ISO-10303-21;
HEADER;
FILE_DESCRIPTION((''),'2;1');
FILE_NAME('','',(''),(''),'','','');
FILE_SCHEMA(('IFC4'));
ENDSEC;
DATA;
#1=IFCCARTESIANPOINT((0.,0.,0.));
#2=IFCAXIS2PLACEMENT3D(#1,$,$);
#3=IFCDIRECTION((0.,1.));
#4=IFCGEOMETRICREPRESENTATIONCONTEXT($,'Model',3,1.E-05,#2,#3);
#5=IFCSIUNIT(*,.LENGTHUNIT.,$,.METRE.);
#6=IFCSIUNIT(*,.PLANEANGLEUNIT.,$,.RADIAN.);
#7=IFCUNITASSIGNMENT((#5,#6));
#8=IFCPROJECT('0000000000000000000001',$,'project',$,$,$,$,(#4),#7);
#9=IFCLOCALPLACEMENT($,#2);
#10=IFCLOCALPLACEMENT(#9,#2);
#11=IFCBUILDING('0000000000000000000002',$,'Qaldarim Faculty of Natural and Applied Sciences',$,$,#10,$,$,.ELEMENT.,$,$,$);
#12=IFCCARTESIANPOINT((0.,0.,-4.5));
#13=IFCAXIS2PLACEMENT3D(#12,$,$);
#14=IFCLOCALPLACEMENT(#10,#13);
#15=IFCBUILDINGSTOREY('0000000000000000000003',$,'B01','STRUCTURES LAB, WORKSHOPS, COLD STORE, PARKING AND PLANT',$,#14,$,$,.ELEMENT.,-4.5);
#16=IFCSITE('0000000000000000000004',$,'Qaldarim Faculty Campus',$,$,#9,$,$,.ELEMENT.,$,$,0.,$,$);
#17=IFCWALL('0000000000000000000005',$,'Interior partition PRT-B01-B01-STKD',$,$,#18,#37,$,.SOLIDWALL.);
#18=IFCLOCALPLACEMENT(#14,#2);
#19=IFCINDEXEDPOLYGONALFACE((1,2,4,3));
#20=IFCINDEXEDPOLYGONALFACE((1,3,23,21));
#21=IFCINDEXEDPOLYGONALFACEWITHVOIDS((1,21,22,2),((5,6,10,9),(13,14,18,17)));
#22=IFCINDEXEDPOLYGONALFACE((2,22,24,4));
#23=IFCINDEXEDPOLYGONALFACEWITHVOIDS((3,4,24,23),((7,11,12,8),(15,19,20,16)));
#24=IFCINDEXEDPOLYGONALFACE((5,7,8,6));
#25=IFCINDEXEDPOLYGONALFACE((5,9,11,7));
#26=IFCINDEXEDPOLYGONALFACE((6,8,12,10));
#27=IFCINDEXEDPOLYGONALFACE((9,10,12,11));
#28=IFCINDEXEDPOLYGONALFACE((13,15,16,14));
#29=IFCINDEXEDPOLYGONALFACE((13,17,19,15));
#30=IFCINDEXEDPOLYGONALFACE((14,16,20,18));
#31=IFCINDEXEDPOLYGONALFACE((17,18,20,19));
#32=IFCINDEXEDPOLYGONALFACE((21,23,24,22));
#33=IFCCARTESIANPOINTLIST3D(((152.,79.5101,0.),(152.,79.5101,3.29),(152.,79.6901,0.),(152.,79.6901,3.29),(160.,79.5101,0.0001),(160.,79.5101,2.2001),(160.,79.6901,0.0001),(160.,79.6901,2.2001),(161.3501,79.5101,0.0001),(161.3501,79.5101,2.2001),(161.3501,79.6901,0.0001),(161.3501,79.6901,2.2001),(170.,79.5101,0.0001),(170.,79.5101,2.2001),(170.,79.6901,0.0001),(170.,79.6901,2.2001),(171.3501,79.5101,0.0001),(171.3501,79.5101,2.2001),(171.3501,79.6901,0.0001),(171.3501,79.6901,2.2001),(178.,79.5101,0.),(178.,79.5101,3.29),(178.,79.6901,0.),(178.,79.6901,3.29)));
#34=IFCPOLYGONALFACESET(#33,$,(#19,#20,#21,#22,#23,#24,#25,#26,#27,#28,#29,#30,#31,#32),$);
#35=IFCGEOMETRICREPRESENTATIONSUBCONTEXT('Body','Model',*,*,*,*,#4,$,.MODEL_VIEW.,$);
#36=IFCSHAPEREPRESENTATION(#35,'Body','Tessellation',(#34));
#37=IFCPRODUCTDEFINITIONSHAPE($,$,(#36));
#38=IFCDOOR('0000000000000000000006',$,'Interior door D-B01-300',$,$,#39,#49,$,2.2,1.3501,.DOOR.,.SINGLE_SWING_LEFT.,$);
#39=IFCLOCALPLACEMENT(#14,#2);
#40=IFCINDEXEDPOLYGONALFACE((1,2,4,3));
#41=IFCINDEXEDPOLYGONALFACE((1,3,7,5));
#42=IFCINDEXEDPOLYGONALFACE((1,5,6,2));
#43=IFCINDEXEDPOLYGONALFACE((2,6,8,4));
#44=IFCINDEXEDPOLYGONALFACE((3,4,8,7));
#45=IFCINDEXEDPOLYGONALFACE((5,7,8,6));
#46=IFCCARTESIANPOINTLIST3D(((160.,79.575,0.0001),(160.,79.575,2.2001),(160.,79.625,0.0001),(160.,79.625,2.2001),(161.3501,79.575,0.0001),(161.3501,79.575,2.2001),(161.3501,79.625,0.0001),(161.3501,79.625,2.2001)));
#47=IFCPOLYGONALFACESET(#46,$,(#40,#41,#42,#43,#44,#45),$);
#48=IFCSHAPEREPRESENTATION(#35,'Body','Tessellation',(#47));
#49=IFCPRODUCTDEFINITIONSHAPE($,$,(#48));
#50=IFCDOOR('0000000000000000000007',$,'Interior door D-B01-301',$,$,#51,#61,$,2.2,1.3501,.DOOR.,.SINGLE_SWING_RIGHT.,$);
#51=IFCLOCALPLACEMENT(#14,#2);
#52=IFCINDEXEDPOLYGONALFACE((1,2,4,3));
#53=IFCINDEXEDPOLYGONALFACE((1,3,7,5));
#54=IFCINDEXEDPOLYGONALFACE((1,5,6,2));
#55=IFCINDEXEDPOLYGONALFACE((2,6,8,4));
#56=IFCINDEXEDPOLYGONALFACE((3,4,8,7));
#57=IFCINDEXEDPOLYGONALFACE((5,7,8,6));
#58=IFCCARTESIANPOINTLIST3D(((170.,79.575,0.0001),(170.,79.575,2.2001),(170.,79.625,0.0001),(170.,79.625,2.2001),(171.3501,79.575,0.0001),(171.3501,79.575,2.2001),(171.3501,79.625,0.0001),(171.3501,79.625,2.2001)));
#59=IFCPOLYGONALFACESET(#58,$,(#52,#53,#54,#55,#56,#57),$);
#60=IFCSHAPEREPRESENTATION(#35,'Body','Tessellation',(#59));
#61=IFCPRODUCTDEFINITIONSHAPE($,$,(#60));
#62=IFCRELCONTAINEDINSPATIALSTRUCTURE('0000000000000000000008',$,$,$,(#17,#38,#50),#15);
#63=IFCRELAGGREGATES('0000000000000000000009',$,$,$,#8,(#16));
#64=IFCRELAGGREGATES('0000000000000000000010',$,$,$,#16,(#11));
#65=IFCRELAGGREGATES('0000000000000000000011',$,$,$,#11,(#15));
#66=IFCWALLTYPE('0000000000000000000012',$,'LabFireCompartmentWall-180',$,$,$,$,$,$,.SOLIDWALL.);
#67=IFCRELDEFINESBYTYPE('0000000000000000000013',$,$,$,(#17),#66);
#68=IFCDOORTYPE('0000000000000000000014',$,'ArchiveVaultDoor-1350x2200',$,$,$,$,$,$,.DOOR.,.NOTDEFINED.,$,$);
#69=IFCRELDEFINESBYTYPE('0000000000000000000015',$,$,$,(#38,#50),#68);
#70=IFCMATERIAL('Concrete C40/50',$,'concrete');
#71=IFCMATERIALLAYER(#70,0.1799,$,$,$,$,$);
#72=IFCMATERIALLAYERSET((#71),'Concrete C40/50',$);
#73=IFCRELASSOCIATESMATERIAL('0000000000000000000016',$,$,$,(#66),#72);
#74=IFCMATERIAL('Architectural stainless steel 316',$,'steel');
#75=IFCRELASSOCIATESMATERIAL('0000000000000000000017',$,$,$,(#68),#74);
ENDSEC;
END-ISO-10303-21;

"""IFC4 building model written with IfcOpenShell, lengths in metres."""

from ifc_helpers import new_model, si_unit, direction, frame, frame_2d, origin, place, context, subcontext, project, spatial, rectangle, extrude, material, layer, layer_set, type_object, element, fill, save


model = new_model("IFC4")

# Units and contexts
model_context = context("Model", 3, precision=1e-05, world=origin(), true_north=direction((0.0, 1.0)))
body_context = subcontext(model_context, "Body", "Model", "MODEL_VIEW")
ifc_project = project(units=[si_unit("LENGTHUNIT", "METRE"), si_unit("PLANEANGLEUNIT", "RADIAN")], contexts=[model_context])

# Site, building, storey
site_placement = place(None, origin())
site = spatial("IfcSite", under=ifc_project, at=site_placement, Name="Qaldarim Faculty Campus", CompositionType="ELEMENT", RefElevation=0.0)
building_placement = place(site_placement, origin())
building = spatial("IfcBuilding", under=site, at=building_placement, Name="Qaldarim Faculty of Natural and Applied Sciences", CompositionType="ELEMENT")
storey_placement = place(building_placement, frame((0.0, 0.0, -4.5)))
storey = spatial("IfcBuildingStorey", under=building, at=storey_placement, Name="B01", Description="STRUCTURES LAB, WORKSHOPS, COLD STORE, PARKING AND PLANT", CompositionType="ELEMENT", Elevation=-4.5)

# Shared definitions
ifc_material_1 = material(Name="Concrete C40/50", Category="concrete")

# Wall, openings, doors
ifc_layer_1 = layer(ifc_material_1, 0.1799)
ifc_layer_set_1 = layer_set([ifc_layer_1], Name="Concrete C40/50")
wall_type_1 = type_object("IfcWallType", Name="LabFireCompartmentWall-180", PredefinedType="SOLIDWALL", material=ifc_layer_set_1)
wall_1_placement = place(storey_placement, frame((152.0, 79.6001, 0.0), z_axis=(0.0, 0.0, 1.0), x_axis=(1.0, 0.0, 0.0)))
wall_1 = element("IfcWall", 1, at=wall_1_placement, inside=storey, type_object=wall_type_1, Name="Interior partition PRT-B01-B01-STKD", PredefinedType="SOLIDWALL", context=body_context, shape_type="SweptSolid", body=[
    extrude(rectangle(XDim=26.0, YDim=0.1799, at=frame_2d((13.0, 0.0))), origin(), (0.0, 0.0, 1.0), 3.29),
])
opening_1_placement = place(wall_1_placement, frame((8.0, 0.0, 0.0)))
opening_1 = element("IfcOpeningElement", 2, at=opening_1_placement, cuts=wall_1, PredefinedType="OPENING", context=body_context, shape_type="SweptSolid", body=[
    extrude(rectangle(XDim=1.3501, YDim=2.2, at=frame_2d((0.675, 1.1001))), frame((0.0, 0.0999, 0.0), z_axis=(0.0, -1.0, 0.0), x_axis=(1.0, 0.0, 0.0)), (0.0, 0.0, 1.0), 0.2),
])
opening_2_placement = place(wall_1_placement, frame((18.0, 0.0, 0.0)))
opening_2 = element("IfcOpeningElement", 3, at=opening_2_placement, cuts=wall_1, PredefinedType="OPENING", context=body_context, shape_type="SweptSolid", body=[
    extrude(rectangle(XDim=1.3501, YDim=2.2, at=frame_2d((0.675, 1.1001))), frame((0.0, 0.0999, 0.0), z_axis=(0.0, -1.0, 0.0), x_axis=(1.0, 0.0, 0.0)), (0.0, 0.0, 1.0), 0.2),
])
ifc_material_2 = material(Name="Architectural stainless steel 316", Category="steel")
door_type = type_object("IfcDoorType", Name="ArchiveVaultDoor-1350x2200", OperationType="NOTDEFINED", PredefinedType="DOOR", material=ifc_material_2)
door_1_placement = place(opening_1_placement, origin())
door_1 = element("IfcDoor", 4, at=door_1_placement, inside=storey, type_object=door_type, Name="Interior door D-B01-300", OperationType="SINGLE_SWING_LEFT", OverallHeight=2.2, OverallWidth=1.3501, PredefinedType="DOOR", context=body_context, shape_type="SweptSolid", body=[
    extrude(rectangle(XDim=1.3501, YDim=2.2, at=frame_2d((0.675, 1.1001))), frame((0.0, 0.0249, 0.0), z_axis=(0.0, -1.0, 0.0), x_axis=(1.0, 0.0, 0.0)), (0.0, 0.0, 1.0), 0.05),
])
fill(opening_1, door_1)
door_2_placement = place(opening_2_placement, origin())
door_2 = element("IfcDoor", 5, at=door_2_placement, inside=storey, type_object=door_type, Name="Interior door D-B01-301", OperationType="SINGLE_SWING_RIGHT", OverallHeight=2.2, OverallWidth=1.3501, PredefinedType="DOOR", context=body_context, shape_type="SweptSolid", body=[
    extrude(rectangle(XDim=1.3501, YDim=2.2, at=frame_2d((0.675, 1.1001))), frame((0.0, 0.0249, 0.0), z_axis=(0.0, -1.0, 0.0), x_axis=(1.0, 0.0, 0.0)), (0.0, 0.0, 1.0), 0.05),
])
fill(opening_2, door_2)

save(model, "model.ifc")
